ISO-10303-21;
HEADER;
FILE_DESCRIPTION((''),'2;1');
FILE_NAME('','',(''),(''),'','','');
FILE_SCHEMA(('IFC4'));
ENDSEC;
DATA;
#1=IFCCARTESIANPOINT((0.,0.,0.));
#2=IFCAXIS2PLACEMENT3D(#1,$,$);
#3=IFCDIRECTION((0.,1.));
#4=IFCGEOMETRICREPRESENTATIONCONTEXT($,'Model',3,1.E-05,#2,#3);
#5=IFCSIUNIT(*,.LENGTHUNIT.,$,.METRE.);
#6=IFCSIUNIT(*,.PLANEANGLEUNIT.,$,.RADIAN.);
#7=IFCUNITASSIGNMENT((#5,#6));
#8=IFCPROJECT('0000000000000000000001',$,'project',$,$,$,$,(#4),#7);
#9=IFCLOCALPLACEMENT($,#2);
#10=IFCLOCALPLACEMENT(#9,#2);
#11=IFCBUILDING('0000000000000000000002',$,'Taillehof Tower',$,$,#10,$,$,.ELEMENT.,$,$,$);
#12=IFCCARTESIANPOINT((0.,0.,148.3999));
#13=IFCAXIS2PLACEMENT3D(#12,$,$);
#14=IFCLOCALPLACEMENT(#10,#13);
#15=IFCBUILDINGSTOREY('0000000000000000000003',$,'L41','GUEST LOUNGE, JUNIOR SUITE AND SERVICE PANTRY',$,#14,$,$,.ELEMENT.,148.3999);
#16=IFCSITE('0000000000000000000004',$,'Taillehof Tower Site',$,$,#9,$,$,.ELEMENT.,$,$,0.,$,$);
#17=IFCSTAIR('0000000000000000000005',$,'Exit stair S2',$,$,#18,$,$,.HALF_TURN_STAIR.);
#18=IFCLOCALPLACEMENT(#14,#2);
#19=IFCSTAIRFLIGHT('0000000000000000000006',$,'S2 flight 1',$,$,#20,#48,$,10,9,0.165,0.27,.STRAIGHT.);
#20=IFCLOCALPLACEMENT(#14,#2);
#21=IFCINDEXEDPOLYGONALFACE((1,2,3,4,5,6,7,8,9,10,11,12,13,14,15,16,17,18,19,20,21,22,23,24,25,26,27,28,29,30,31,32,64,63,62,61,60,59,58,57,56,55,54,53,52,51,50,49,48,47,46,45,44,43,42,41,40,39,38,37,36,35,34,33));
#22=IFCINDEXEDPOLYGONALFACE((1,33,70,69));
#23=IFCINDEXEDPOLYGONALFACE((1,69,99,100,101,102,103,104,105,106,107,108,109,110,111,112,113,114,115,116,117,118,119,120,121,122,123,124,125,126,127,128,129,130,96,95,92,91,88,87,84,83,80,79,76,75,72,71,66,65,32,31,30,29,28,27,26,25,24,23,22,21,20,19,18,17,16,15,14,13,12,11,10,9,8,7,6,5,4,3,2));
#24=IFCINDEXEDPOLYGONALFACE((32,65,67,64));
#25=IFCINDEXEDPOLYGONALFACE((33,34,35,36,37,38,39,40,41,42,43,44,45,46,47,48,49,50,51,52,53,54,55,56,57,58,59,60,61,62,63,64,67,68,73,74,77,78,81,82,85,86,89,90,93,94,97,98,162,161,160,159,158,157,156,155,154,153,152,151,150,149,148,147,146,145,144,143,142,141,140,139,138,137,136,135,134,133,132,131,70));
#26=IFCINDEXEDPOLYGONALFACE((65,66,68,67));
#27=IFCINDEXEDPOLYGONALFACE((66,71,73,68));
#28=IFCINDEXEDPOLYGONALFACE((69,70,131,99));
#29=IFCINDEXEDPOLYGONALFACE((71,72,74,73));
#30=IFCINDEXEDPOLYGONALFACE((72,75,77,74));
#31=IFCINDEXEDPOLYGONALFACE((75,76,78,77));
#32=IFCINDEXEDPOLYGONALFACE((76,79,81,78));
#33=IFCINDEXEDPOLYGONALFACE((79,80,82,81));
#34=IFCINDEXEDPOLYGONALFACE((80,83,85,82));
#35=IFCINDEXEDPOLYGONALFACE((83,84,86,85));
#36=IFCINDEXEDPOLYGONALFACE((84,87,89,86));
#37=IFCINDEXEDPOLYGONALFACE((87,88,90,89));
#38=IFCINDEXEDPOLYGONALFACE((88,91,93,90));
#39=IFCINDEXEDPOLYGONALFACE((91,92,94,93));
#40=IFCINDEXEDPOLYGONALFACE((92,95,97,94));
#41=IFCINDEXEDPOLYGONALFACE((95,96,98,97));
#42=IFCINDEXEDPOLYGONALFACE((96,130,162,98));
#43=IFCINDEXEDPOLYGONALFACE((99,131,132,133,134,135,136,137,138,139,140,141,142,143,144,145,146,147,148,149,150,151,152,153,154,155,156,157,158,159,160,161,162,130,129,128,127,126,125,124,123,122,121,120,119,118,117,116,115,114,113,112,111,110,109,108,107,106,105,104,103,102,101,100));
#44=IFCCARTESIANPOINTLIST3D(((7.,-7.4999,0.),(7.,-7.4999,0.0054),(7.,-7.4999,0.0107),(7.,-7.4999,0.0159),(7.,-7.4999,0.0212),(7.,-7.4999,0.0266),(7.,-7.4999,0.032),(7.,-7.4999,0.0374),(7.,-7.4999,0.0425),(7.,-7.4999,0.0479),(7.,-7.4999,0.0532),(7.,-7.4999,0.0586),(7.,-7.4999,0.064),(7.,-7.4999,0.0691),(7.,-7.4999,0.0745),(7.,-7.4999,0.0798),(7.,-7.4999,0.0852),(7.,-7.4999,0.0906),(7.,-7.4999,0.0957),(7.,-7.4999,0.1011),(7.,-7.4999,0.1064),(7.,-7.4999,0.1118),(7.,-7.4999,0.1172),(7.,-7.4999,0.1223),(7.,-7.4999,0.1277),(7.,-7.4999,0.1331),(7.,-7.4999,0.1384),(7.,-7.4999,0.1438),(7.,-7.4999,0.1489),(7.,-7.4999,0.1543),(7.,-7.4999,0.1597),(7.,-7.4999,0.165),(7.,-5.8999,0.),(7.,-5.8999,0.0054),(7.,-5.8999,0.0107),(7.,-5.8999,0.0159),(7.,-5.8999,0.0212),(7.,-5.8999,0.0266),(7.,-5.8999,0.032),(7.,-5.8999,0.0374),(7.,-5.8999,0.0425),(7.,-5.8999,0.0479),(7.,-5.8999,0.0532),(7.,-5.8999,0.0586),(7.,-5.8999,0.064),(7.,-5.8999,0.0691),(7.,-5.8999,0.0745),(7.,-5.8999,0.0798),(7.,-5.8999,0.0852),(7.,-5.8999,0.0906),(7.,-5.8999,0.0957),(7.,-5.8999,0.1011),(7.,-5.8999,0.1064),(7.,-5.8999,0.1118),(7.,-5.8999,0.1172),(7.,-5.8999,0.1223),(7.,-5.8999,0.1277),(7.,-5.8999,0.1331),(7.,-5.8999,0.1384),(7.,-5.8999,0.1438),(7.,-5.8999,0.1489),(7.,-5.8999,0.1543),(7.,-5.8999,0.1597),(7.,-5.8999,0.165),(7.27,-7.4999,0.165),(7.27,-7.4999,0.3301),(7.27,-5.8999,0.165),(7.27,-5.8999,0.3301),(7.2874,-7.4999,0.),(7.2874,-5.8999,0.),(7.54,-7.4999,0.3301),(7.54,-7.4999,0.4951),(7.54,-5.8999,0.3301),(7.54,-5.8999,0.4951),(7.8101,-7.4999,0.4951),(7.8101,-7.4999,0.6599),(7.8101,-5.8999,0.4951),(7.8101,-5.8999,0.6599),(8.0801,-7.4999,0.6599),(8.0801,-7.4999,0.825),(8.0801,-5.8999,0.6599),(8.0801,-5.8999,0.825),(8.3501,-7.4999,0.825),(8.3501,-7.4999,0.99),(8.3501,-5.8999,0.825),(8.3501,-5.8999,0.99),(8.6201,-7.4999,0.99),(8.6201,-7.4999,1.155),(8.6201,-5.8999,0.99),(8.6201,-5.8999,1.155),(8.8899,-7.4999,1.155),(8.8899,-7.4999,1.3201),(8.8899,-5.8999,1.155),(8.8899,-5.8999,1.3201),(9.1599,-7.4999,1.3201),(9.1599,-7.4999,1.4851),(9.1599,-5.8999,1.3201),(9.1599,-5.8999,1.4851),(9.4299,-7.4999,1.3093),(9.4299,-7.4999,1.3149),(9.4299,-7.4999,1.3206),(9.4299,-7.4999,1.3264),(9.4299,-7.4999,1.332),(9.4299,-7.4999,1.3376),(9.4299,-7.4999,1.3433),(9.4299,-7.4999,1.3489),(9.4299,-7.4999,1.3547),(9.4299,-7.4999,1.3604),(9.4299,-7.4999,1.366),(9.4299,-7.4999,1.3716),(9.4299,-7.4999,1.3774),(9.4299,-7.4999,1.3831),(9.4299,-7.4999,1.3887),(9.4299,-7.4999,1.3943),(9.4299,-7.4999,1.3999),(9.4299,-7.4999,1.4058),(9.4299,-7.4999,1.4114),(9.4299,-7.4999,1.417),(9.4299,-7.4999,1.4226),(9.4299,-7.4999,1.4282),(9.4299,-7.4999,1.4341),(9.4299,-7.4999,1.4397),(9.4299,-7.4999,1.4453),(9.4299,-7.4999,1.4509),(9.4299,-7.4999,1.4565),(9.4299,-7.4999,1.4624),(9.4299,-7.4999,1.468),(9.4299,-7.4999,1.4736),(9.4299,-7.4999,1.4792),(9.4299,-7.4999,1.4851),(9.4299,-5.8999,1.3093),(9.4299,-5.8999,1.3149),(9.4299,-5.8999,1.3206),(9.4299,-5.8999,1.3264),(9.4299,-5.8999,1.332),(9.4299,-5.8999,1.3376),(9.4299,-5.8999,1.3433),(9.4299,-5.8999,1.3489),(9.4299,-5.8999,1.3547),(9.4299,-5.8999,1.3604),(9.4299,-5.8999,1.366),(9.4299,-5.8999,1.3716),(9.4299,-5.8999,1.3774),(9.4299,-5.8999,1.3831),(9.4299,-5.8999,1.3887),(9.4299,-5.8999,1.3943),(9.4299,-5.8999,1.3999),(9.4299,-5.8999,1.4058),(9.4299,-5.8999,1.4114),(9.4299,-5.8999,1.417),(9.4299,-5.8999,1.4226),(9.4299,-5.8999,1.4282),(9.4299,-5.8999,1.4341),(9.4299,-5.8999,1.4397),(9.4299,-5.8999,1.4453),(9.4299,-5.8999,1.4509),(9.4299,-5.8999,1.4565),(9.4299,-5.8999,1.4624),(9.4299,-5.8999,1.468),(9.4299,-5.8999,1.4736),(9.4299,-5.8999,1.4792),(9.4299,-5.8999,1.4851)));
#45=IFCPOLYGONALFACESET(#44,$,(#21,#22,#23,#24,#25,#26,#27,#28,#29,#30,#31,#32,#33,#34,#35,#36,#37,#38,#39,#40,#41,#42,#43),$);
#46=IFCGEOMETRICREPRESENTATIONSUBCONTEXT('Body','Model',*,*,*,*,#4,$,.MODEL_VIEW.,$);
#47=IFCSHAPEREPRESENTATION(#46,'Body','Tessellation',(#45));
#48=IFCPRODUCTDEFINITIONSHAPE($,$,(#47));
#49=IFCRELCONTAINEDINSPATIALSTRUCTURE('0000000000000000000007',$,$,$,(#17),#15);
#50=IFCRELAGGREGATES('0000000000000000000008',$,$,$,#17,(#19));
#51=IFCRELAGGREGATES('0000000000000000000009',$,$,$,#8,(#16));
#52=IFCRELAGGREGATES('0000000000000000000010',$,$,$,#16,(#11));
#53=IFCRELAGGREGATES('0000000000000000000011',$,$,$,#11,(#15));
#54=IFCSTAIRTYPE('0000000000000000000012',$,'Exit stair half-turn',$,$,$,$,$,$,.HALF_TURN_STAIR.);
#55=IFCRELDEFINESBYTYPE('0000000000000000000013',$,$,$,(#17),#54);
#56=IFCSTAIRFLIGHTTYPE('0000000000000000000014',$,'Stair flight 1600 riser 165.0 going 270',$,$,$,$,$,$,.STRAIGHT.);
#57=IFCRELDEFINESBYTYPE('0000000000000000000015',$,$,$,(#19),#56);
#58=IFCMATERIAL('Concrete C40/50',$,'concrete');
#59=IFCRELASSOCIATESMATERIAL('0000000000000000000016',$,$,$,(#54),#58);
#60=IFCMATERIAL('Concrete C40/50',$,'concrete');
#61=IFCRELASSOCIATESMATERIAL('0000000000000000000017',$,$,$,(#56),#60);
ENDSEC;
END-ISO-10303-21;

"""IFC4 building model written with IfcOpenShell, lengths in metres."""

from ifc_helpers import new_model, si_unit, direction, frame, origin, place, context, subcontext, project, spatial, polyline, outline, extrude, material, type_object, element, aggregate, save


model = new_model("IFC4")

# Units and contexts
model_context = context("Model", 3, precision=1e-05, world=origin(), true_north=direction((0.0, 1.0)))
body_context = subcontext(model_context, "Body", "Model", "MODEL_VIEW")
ifc_project = project(units=[si_unit("LENGTHUNIT", "METRE"), si_unit("PLANEANGLEUNIT", "RADIAN")], contexts=[model_context])

# Site, building, storey
site_placement = place(None, origin())
site = spatial("IfcSite", under=ifc_project, at=site_placement, Name="Taillehof Tower Site", CompositionType="ELEMENT", RefElevation=0.0)
building_placement = place(site_placement, origin())
building = spatial("IfcBuilding", under=site, at=building_placement, Name="Taillehof Tower", CompositionType="ELEMENT")
storey_placement = place(building_placement, frame((0.0, 0.0, 148.3999)))
storey = spatial("IfcBuildingStorey", under=building, at=storey_placement, Name="L41", Description="GUEST LOUNGE, JUNIOR SUITE AND SERVICE PANTRY", CompositionType="ELEMENT", Elevation=148.3999)

# Stair, stair flight
ifc_material_1 = material(Name="Concrete C40/50", Category="concrete")
stair_type = type_object("IfcStairType", Name="Exit stair half-turn", PredefinedType="HALF_TURN_STAIR", material=ifc_material_1)
stair_placement = place(storey_placement, origin())
stair = element("IfcStair", 1, at=stair_placement, inside=storey, type_object=stair_type, Name="Exit stair S2", PredefinedType="HALF_TURN_STAIR")
ifc_material_2 = material(Name="Concrete C40/50", Category="concrete")
stair_flight_type = type_object("IfcStairFlightType", Name="Stair flight 1600 riser 165.0 going 270", PredefinedType="STRAIGHT", material=ifc_material_2)
stair_flight_placement = place(storey_placement, frame((7.0, -6.7, 0.0), z_axis=(0.0, 0.0, 1.0), x_axis=(1.0, 0.0, 0.0)))
stair_flight = element("IfcStairFlight", 2, at=stair_flight_placement, type_object=stair_flight_type, Name="S2 flight 1", NumberOfRisers=10, NumberOfTreads=9, PredefinedType="STRAIGHT", RiserHeight=0.165, TreadLength=0.27, context=body_context, shape_type="SweptSolid", body=[
    extrude(outline(polyline([(0.0, 0.0), (0.0, 0.0054), (0.0, 0.0107), (0.0, 0.0159), (0.0, 0.0212), (0.0, 0.0266), (0.0, 0.032), (0.0, 0.0374), (0.0, 0.0425), (0.0, 0.0479), (0.0, 0.0532), (0.0, 0.0586), (0.0, 0.064), (0.0, 0.0691), (0.0, 0.0745), (0.0, 0.0798), (0.0, 0.0852), (0.0, 0.0906), (0.0, 0.0957), (0.0, 0.1011), (0.0, 0.1064), (0.0, 0.1118), (0.0, 0.1172), (0.0, 0.1223), (0.0, 0.1277), (0.0, 0.1331), (0.0, 0.1384), (0.0, 0.1438), (0.0, 0.1489), (0.0, 0.1543), (0.0, 0.1597), (0.0, 0.165), (0.27, 0.165), (0.27, 0.3301), (0.54, 0.3301), (0.54, 0.4951), (0.8101, 0.4951), (0.8101, 0.6599), (1.0801, 0.6599), (1.0801, 0.825), (1.3501, 0.825), (1.3501, 0.99), (1.6201, 0.99), (1.6201, 1.155), (1.8899, 1.155), (1.8899, 1.3201), (2.1599, 1.3201), (2.1599, 1.4851), (2.4299, 1.4851), (2.4299, 1.4792), (2.4299, 1.4736), (2.4299, 1.468), (2.4299, 1.4624), (2.4299, 1.4565), (2.4299, 1.4509), (2.4299, 1.4453), (2.4299, 1.4397), (2.4299, 1.4341), (2.4299, 1.4282), (2.4299, 1.4226), (2.4299, 1.417), (2.4299, 1.4114), (2.4299, 1.4058), (2.4299, 1.3999), (2.4299, 1.3943), (2.4299, 1.3887), (2.4299, 1.3831), (2.4299, 1.3774), (2.4299, 1.3716), (2.4299, 1.366), (2.4299, 1.3604), (2.4299, 1.3547), (2.4299, 1.3489), (2.4299, 1.3433), (2.4299, 1.3376), (2.4299, 1.332), (2.4299, 1.3264), (2.4299, 1.3206), (2.4299, 1.3149), (2.4299, 1.3093), (0.2874, 0.0), (0.0, 0.0)])), frame((0.0, 0.8, 0.0), z_axis=(0.0, -1.0, 0.0), x_axis=(1.0, 0.0, 0.0)), (0.0, 0.0, 1.0), 1.6),
])
aggregate(stair, [stair_flight])

save(model, "model.ifc")
